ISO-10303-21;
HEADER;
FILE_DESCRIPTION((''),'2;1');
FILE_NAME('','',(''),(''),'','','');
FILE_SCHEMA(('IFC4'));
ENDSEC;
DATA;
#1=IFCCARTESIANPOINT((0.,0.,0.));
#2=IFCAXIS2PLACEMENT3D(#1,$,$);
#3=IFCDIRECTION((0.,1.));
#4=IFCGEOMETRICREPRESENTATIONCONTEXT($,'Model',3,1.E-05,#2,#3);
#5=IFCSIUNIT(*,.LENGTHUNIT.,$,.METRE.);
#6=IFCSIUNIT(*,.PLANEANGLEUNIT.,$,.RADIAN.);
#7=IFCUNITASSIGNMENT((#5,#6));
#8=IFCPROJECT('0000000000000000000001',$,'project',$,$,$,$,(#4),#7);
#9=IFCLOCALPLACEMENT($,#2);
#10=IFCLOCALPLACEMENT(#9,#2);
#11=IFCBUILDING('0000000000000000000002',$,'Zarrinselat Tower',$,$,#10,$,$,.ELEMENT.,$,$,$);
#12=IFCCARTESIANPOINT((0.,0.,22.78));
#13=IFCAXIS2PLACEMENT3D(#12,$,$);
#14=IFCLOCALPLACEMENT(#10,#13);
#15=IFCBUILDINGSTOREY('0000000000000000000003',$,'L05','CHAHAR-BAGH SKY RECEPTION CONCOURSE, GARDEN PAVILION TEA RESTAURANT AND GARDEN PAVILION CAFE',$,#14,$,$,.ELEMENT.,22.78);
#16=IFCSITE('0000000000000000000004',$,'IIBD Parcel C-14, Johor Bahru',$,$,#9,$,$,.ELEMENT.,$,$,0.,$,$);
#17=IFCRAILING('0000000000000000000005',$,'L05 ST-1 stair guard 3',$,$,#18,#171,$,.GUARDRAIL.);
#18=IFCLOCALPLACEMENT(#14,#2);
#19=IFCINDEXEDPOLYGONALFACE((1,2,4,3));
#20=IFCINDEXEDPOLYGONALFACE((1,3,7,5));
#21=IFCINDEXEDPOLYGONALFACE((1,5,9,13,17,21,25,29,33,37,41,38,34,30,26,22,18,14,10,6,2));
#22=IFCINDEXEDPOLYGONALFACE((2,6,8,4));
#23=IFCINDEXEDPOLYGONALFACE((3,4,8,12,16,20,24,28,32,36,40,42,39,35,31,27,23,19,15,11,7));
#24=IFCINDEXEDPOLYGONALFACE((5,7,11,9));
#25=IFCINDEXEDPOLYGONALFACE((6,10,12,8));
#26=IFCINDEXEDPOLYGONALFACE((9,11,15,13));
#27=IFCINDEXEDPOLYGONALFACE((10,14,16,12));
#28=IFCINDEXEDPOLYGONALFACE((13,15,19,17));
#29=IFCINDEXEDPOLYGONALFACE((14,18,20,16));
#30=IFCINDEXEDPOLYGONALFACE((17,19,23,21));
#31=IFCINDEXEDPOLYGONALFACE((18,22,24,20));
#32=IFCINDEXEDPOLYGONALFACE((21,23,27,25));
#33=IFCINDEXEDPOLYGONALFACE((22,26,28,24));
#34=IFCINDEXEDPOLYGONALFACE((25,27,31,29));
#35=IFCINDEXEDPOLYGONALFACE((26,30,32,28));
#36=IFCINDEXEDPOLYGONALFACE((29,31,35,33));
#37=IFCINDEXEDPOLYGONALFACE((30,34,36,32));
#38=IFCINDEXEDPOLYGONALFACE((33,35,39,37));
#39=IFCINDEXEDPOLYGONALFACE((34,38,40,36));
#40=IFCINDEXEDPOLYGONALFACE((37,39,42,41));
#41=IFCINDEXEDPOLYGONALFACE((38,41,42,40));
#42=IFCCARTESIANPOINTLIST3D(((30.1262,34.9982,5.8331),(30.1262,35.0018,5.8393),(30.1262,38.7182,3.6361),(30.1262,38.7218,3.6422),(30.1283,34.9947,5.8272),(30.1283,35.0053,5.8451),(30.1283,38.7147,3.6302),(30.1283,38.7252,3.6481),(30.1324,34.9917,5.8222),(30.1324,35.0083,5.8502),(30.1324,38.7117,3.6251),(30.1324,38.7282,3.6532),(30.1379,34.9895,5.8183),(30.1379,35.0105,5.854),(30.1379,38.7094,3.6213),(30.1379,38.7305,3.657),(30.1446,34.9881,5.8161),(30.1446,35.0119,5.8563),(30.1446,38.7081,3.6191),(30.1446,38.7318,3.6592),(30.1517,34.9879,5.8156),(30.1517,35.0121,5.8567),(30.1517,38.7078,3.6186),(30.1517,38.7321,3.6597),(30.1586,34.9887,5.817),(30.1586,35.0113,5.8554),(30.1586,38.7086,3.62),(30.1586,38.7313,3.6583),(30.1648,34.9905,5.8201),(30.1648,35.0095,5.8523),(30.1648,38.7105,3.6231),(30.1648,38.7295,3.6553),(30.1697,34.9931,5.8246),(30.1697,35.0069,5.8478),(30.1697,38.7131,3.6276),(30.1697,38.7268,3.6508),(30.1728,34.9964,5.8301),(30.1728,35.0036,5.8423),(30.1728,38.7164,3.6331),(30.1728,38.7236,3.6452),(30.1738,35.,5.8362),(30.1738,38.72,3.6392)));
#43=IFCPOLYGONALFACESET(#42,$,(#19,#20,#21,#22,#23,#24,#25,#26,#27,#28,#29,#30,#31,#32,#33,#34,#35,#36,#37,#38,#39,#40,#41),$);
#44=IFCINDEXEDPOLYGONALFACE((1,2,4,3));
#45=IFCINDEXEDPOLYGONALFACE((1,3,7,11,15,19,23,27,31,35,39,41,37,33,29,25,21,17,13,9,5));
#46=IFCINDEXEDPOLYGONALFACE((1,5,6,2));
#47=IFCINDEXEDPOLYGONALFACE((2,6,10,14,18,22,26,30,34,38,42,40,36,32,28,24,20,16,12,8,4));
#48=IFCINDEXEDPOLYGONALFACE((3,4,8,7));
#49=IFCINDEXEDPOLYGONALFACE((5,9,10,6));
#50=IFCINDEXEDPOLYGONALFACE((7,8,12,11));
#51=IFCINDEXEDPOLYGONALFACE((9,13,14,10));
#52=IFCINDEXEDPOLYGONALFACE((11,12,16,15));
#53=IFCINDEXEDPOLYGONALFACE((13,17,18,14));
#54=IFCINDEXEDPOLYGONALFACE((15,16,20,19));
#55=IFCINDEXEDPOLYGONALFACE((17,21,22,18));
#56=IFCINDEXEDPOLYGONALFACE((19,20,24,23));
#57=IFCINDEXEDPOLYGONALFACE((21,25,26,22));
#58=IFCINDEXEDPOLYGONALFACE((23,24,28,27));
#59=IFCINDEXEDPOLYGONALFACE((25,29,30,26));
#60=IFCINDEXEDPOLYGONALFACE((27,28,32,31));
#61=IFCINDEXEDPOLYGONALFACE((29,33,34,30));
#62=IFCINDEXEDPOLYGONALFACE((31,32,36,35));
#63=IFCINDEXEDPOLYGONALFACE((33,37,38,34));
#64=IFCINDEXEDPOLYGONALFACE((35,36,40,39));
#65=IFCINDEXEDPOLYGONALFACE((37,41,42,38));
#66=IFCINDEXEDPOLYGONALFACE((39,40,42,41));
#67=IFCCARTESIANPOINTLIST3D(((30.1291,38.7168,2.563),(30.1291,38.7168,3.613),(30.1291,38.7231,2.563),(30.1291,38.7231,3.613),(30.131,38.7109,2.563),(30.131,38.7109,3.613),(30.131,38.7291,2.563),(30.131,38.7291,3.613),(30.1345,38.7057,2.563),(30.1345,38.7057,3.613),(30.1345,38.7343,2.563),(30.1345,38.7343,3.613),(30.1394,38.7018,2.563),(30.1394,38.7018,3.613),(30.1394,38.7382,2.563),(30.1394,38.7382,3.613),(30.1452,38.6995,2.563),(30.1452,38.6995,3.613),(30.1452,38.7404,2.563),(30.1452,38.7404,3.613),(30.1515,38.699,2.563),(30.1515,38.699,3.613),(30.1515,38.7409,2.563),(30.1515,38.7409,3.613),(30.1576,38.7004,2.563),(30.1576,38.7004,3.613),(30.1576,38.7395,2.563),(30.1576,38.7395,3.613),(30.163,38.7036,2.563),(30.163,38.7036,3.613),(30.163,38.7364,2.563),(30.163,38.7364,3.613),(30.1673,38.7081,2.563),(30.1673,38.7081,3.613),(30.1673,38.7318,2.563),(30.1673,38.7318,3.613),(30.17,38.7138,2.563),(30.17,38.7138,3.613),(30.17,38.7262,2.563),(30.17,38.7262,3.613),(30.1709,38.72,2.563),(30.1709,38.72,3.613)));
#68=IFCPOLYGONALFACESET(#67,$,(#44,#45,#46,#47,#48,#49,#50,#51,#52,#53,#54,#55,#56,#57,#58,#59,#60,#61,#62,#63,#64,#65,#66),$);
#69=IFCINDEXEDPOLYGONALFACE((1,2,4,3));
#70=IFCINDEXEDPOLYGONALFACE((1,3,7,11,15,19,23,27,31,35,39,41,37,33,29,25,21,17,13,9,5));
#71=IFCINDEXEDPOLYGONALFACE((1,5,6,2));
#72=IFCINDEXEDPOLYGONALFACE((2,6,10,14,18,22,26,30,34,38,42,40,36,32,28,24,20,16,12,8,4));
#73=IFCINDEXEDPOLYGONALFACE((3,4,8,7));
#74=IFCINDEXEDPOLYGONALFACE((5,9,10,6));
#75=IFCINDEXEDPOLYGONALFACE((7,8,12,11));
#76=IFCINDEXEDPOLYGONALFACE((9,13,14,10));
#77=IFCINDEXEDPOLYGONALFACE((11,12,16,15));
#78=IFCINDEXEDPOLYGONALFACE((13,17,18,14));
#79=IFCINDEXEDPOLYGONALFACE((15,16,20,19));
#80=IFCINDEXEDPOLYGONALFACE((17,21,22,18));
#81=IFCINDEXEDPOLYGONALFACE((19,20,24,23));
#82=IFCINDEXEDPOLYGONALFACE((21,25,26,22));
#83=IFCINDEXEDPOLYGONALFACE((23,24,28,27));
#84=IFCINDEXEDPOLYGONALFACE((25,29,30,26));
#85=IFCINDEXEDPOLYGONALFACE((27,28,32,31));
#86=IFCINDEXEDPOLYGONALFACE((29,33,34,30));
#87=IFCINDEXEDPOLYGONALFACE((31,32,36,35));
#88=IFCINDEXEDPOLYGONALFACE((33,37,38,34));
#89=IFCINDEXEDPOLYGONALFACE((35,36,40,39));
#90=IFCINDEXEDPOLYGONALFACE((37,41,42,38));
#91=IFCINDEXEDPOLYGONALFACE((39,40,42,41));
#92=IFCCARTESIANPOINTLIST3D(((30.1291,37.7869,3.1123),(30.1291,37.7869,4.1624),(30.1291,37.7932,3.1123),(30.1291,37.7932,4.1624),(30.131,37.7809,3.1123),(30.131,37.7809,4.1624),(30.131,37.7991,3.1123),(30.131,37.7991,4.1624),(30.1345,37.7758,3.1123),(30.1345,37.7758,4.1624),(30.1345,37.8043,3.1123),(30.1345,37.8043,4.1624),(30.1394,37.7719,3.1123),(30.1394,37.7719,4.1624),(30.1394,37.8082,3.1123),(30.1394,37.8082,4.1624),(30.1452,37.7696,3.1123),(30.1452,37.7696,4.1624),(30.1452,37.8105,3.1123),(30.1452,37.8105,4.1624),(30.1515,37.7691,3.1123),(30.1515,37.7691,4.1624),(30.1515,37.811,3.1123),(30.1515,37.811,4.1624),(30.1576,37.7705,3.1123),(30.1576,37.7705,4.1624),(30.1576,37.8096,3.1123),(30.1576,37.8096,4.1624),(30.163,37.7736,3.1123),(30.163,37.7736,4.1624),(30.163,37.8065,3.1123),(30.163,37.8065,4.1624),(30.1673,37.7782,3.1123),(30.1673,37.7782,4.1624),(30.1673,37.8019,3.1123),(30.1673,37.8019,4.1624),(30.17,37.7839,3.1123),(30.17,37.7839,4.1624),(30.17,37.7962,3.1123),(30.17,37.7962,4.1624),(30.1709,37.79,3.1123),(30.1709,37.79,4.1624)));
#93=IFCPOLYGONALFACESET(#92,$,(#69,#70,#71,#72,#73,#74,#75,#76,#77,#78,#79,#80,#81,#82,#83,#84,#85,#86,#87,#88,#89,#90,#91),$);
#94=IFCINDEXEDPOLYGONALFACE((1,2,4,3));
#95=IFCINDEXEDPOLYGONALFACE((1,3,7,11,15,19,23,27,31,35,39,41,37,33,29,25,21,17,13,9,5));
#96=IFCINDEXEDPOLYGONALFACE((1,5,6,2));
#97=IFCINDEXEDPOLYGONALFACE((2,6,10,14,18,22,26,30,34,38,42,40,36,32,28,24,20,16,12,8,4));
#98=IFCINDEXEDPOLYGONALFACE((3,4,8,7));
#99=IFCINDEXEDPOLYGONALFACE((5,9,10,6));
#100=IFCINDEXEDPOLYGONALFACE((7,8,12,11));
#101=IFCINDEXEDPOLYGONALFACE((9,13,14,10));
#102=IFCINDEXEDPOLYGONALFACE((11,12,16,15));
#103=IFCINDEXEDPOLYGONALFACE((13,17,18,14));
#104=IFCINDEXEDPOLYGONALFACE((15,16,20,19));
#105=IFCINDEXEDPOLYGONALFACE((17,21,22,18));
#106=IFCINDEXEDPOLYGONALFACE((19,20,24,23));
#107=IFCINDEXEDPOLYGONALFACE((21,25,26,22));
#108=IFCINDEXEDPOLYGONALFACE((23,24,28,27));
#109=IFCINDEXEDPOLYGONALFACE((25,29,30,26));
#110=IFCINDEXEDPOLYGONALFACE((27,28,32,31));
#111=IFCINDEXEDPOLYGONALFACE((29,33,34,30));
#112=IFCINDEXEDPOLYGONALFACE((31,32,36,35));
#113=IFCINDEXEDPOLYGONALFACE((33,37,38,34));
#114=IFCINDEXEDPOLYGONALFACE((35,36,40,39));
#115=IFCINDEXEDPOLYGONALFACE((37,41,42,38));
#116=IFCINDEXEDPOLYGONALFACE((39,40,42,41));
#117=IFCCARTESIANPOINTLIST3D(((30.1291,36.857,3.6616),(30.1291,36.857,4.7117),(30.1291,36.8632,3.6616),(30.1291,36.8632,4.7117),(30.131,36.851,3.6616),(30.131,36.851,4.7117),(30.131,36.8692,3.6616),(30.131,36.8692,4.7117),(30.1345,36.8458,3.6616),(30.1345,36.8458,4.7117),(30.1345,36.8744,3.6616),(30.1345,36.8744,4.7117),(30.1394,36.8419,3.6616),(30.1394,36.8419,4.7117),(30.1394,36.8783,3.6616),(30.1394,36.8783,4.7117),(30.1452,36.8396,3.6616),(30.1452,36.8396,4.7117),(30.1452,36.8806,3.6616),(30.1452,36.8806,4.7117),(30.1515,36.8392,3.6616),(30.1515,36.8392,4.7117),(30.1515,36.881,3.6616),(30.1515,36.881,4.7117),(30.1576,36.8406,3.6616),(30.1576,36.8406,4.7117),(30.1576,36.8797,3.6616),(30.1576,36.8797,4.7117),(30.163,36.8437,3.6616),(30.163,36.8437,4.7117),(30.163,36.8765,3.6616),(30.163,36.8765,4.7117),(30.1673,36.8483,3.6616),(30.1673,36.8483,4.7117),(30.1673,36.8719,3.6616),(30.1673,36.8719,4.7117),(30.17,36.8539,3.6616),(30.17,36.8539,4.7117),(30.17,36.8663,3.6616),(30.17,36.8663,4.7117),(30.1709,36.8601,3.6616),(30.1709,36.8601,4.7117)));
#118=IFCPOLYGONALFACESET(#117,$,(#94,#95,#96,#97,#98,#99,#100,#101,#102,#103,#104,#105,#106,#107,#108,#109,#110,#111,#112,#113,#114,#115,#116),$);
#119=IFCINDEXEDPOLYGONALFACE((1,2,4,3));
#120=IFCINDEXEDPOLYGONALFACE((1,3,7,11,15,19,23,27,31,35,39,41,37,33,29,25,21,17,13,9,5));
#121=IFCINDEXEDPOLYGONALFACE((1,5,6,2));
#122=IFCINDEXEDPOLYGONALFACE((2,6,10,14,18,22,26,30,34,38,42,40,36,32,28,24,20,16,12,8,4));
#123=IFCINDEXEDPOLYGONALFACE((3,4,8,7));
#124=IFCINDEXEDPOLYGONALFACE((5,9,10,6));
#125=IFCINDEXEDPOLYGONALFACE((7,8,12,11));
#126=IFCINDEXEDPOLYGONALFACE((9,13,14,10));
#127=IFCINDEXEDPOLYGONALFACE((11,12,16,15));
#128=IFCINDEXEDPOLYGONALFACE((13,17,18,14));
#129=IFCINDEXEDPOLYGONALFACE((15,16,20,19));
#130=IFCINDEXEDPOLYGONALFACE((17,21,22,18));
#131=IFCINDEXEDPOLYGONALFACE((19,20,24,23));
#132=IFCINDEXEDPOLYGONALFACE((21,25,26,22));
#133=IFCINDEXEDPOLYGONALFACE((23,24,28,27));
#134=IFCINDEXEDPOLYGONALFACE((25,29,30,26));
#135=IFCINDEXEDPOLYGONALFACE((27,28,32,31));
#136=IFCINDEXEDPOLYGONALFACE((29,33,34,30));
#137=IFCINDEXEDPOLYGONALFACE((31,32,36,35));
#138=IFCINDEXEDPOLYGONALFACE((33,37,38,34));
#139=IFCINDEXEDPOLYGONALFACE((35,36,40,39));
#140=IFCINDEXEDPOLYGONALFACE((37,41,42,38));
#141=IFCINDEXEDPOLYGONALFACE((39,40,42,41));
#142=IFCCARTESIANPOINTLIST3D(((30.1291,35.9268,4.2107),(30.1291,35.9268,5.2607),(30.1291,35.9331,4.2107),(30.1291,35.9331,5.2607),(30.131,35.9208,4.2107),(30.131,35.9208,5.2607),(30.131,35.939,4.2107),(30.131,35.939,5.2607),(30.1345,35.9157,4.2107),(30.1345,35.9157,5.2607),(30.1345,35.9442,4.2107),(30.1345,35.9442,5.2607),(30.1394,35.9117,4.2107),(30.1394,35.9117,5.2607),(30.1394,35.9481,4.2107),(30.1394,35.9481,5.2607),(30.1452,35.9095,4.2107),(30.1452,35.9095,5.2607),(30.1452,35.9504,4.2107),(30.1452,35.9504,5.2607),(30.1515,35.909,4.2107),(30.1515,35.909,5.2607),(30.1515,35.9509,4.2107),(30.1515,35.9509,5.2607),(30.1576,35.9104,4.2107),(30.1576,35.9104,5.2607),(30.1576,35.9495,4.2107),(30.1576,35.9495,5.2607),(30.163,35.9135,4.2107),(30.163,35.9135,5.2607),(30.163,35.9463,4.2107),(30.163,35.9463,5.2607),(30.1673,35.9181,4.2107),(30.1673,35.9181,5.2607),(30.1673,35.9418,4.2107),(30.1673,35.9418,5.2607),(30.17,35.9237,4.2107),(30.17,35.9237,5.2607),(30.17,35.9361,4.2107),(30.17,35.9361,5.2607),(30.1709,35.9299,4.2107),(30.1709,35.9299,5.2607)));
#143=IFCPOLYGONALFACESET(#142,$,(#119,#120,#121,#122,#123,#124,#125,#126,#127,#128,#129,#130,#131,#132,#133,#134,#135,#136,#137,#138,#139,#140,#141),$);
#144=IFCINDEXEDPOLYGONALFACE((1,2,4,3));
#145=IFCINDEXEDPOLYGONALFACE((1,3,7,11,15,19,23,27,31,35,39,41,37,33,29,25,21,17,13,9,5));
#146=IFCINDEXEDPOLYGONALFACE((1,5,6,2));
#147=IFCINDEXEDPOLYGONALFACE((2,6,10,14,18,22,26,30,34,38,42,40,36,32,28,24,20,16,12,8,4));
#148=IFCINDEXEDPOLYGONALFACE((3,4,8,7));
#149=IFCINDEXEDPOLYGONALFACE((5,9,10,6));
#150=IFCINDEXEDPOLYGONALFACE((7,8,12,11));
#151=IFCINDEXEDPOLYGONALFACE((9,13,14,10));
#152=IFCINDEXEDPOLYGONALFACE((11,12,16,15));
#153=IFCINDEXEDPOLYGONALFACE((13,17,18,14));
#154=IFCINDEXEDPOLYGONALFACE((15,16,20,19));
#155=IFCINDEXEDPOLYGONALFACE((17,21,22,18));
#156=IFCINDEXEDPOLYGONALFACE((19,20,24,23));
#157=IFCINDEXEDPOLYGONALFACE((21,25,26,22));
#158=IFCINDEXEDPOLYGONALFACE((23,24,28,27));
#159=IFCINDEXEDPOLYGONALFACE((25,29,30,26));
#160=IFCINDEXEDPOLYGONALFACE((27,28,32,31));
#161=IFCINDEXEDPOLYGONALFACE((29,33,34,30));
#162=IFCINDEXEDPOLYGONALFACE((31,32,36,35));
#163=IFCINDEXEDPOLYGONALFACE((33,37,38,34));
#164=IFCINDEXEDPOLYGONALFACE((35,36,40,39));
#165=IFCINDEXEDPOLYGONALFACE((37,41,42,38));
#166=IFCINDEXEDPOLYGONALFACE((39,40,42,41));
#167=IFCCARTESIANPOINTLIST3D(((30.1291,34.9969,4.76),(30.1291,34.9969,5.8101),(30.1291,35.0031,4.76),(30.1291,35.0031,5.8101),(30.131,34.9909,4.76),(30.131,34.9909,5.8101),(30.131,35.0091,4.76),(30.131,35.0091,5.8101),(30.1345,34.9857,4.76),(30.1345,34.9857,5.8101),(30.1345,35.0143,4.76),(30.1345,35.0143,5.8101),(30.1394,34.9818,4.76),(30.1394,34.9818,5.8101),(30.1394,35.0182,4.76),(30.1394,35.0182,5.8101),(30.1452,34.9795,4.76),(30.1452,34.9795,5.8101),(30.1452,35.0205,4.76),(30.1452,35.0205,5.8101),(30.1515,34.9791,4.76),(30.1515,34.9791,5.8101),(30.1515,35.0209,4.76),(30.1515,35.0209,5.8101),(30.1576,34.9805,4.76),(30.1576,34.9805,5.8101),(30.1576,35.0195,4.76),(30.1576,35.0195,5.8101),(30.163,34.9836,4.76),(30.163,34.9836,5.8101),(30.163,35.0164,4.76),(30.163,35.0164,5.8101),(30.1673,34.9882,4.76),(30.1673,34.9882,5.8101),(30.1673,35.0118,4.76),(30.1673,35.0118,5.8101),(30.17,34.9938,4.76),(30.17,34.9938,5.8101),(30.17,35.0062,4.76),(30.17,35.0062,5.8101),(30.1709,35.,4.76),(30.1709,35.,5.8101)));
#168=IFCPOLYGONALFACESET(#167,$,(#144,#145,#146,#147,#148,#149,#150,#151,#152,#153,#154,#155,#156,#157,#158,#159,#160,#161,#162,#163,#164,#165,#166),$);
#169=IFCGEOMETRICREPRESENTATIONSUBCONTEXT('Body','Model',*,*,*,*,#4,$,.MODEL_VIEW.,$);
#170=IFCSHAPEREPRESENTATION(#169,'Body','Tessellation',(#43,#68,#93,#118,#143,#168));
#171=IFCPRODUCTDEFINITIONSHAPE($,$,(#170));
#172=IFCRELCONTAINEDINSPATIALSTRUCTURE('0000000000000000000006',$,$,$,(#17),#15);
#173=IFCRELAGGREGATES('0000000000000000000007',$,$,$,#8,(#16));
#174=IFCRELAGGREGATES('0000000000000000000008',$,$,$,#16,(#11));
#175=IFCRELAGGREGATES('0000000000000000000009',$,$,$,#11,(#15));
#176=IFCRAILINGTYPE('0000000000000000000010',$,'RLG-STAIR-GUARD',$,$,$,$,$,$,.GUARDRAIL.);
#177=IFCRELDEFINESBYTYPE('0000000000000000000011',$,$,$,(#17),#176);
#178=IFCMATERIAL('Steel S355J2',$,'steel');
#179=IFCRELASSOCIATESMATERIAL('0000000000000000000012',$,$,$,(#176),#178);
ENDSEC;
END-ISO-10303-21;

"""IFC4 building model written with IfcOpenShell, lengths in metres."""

from ifc_helpers import new_model, si_unit, direction, frame, origin, origin_2d, place, context, subcontext, project, spatial, circle, extrude, material, type_object, element, save


model = new_model("IFC4")

# Units and contexts
model_context = context("Model", 3, precision=1e-05, world=origin(), true_north=direction((0.0, 1.0)))
body_context = subcontext(model_context, "Body", "Model", "MODEL_VIEW")
ifc_project = project(units=[si_unit("LENGTHUNIT", "METRE"), si_unit("PLANEANGLEUNIT", "RADIAN")], contexts=[model_context])

# Site, building, storey
site_placement = place(None, origin())
site = spatial("IfcSite", under=ifc_project, at=site_placement, Name="IIBD Parcel C-14, Johor Bahru", CompositionType="ELEMENT", RefElevation=0.0)
building_placement = place(site_placement, origin())
building = spatial("IfcBuilding", under=site, at=building_placement, Name="Zarrinselat Tower", CompositionType="ELEMENT")
storey_placement = place(building_placement, frame((0.0, 0.0, 22.78)))
storey = spatial("IfcBuildingStorey", under=building, at=storey_placement, Name="L05", Description="CHAHAR-BAGH SKY RECEPTION CONCOURSE, GARDEN PAVILION TEA RESTAURANT AND GARDEN PAVILION CAFE", CompositionType="ELEMENT", Elevation=22.78)

# Railing
ifc_material_1 = material(Name="Steel S355J2", Category="steel")
railing_type_1 = type_object("IfcRailingType", Name="RLG-STAIR-GUARD", PredefinedType="GUARDRAIL", material=ifc_material_1)
railing_1_placement = place(storey_placement, frame((30.1499, 38.72, 2.563)))
element("IfcRailing", 1, at=railing_1_placement, inside=storey, type_object=railing_type_1, Name="L05 ST-1 stair guard 3", PredefinedType="GUARDRAIL", context=body_context, shape_type="SweptSolid", body=[
    extrude(circle(Radius=0.0239, at=origin_2d()), frame((0.0, 0.0, 1.0762), z_axis=(0.0, -0.861042, 0.508533), x_axis=(1.0, 0.0, 0.0)), (0.0, 0.0, 1.0), 4.3203),
    extrude(circle(Radius=0.021, at=origin_2d()), origin(), (0.0, 0.0, 1.0), 1.05),
    extrude(circle(Radius=0.021, at=origin_2d()), frame((0.0, -0.9299, 0.5493)), (0.0, 0.0, 1.0), 1.05),
    extrude(circle(Radius=0.021, at=origin_2d()), frame((0.0, -1.8599, 1.0986)), (0.0, 0.0, 1.0), 1.05),
    extrude(circle(Radius=0.021, at=origin_2d()), frame((0.0, -2.79, 1.6477)), (0.0, 0.0, 1.0), 1.05),
    extrude(circle(Radius=0.021, at=origin_2d()), frame((0.0, -3.72, 2.197)), (0.0, 0.0, 1.0), 1.05),
])

save(model, "model.ifc")
